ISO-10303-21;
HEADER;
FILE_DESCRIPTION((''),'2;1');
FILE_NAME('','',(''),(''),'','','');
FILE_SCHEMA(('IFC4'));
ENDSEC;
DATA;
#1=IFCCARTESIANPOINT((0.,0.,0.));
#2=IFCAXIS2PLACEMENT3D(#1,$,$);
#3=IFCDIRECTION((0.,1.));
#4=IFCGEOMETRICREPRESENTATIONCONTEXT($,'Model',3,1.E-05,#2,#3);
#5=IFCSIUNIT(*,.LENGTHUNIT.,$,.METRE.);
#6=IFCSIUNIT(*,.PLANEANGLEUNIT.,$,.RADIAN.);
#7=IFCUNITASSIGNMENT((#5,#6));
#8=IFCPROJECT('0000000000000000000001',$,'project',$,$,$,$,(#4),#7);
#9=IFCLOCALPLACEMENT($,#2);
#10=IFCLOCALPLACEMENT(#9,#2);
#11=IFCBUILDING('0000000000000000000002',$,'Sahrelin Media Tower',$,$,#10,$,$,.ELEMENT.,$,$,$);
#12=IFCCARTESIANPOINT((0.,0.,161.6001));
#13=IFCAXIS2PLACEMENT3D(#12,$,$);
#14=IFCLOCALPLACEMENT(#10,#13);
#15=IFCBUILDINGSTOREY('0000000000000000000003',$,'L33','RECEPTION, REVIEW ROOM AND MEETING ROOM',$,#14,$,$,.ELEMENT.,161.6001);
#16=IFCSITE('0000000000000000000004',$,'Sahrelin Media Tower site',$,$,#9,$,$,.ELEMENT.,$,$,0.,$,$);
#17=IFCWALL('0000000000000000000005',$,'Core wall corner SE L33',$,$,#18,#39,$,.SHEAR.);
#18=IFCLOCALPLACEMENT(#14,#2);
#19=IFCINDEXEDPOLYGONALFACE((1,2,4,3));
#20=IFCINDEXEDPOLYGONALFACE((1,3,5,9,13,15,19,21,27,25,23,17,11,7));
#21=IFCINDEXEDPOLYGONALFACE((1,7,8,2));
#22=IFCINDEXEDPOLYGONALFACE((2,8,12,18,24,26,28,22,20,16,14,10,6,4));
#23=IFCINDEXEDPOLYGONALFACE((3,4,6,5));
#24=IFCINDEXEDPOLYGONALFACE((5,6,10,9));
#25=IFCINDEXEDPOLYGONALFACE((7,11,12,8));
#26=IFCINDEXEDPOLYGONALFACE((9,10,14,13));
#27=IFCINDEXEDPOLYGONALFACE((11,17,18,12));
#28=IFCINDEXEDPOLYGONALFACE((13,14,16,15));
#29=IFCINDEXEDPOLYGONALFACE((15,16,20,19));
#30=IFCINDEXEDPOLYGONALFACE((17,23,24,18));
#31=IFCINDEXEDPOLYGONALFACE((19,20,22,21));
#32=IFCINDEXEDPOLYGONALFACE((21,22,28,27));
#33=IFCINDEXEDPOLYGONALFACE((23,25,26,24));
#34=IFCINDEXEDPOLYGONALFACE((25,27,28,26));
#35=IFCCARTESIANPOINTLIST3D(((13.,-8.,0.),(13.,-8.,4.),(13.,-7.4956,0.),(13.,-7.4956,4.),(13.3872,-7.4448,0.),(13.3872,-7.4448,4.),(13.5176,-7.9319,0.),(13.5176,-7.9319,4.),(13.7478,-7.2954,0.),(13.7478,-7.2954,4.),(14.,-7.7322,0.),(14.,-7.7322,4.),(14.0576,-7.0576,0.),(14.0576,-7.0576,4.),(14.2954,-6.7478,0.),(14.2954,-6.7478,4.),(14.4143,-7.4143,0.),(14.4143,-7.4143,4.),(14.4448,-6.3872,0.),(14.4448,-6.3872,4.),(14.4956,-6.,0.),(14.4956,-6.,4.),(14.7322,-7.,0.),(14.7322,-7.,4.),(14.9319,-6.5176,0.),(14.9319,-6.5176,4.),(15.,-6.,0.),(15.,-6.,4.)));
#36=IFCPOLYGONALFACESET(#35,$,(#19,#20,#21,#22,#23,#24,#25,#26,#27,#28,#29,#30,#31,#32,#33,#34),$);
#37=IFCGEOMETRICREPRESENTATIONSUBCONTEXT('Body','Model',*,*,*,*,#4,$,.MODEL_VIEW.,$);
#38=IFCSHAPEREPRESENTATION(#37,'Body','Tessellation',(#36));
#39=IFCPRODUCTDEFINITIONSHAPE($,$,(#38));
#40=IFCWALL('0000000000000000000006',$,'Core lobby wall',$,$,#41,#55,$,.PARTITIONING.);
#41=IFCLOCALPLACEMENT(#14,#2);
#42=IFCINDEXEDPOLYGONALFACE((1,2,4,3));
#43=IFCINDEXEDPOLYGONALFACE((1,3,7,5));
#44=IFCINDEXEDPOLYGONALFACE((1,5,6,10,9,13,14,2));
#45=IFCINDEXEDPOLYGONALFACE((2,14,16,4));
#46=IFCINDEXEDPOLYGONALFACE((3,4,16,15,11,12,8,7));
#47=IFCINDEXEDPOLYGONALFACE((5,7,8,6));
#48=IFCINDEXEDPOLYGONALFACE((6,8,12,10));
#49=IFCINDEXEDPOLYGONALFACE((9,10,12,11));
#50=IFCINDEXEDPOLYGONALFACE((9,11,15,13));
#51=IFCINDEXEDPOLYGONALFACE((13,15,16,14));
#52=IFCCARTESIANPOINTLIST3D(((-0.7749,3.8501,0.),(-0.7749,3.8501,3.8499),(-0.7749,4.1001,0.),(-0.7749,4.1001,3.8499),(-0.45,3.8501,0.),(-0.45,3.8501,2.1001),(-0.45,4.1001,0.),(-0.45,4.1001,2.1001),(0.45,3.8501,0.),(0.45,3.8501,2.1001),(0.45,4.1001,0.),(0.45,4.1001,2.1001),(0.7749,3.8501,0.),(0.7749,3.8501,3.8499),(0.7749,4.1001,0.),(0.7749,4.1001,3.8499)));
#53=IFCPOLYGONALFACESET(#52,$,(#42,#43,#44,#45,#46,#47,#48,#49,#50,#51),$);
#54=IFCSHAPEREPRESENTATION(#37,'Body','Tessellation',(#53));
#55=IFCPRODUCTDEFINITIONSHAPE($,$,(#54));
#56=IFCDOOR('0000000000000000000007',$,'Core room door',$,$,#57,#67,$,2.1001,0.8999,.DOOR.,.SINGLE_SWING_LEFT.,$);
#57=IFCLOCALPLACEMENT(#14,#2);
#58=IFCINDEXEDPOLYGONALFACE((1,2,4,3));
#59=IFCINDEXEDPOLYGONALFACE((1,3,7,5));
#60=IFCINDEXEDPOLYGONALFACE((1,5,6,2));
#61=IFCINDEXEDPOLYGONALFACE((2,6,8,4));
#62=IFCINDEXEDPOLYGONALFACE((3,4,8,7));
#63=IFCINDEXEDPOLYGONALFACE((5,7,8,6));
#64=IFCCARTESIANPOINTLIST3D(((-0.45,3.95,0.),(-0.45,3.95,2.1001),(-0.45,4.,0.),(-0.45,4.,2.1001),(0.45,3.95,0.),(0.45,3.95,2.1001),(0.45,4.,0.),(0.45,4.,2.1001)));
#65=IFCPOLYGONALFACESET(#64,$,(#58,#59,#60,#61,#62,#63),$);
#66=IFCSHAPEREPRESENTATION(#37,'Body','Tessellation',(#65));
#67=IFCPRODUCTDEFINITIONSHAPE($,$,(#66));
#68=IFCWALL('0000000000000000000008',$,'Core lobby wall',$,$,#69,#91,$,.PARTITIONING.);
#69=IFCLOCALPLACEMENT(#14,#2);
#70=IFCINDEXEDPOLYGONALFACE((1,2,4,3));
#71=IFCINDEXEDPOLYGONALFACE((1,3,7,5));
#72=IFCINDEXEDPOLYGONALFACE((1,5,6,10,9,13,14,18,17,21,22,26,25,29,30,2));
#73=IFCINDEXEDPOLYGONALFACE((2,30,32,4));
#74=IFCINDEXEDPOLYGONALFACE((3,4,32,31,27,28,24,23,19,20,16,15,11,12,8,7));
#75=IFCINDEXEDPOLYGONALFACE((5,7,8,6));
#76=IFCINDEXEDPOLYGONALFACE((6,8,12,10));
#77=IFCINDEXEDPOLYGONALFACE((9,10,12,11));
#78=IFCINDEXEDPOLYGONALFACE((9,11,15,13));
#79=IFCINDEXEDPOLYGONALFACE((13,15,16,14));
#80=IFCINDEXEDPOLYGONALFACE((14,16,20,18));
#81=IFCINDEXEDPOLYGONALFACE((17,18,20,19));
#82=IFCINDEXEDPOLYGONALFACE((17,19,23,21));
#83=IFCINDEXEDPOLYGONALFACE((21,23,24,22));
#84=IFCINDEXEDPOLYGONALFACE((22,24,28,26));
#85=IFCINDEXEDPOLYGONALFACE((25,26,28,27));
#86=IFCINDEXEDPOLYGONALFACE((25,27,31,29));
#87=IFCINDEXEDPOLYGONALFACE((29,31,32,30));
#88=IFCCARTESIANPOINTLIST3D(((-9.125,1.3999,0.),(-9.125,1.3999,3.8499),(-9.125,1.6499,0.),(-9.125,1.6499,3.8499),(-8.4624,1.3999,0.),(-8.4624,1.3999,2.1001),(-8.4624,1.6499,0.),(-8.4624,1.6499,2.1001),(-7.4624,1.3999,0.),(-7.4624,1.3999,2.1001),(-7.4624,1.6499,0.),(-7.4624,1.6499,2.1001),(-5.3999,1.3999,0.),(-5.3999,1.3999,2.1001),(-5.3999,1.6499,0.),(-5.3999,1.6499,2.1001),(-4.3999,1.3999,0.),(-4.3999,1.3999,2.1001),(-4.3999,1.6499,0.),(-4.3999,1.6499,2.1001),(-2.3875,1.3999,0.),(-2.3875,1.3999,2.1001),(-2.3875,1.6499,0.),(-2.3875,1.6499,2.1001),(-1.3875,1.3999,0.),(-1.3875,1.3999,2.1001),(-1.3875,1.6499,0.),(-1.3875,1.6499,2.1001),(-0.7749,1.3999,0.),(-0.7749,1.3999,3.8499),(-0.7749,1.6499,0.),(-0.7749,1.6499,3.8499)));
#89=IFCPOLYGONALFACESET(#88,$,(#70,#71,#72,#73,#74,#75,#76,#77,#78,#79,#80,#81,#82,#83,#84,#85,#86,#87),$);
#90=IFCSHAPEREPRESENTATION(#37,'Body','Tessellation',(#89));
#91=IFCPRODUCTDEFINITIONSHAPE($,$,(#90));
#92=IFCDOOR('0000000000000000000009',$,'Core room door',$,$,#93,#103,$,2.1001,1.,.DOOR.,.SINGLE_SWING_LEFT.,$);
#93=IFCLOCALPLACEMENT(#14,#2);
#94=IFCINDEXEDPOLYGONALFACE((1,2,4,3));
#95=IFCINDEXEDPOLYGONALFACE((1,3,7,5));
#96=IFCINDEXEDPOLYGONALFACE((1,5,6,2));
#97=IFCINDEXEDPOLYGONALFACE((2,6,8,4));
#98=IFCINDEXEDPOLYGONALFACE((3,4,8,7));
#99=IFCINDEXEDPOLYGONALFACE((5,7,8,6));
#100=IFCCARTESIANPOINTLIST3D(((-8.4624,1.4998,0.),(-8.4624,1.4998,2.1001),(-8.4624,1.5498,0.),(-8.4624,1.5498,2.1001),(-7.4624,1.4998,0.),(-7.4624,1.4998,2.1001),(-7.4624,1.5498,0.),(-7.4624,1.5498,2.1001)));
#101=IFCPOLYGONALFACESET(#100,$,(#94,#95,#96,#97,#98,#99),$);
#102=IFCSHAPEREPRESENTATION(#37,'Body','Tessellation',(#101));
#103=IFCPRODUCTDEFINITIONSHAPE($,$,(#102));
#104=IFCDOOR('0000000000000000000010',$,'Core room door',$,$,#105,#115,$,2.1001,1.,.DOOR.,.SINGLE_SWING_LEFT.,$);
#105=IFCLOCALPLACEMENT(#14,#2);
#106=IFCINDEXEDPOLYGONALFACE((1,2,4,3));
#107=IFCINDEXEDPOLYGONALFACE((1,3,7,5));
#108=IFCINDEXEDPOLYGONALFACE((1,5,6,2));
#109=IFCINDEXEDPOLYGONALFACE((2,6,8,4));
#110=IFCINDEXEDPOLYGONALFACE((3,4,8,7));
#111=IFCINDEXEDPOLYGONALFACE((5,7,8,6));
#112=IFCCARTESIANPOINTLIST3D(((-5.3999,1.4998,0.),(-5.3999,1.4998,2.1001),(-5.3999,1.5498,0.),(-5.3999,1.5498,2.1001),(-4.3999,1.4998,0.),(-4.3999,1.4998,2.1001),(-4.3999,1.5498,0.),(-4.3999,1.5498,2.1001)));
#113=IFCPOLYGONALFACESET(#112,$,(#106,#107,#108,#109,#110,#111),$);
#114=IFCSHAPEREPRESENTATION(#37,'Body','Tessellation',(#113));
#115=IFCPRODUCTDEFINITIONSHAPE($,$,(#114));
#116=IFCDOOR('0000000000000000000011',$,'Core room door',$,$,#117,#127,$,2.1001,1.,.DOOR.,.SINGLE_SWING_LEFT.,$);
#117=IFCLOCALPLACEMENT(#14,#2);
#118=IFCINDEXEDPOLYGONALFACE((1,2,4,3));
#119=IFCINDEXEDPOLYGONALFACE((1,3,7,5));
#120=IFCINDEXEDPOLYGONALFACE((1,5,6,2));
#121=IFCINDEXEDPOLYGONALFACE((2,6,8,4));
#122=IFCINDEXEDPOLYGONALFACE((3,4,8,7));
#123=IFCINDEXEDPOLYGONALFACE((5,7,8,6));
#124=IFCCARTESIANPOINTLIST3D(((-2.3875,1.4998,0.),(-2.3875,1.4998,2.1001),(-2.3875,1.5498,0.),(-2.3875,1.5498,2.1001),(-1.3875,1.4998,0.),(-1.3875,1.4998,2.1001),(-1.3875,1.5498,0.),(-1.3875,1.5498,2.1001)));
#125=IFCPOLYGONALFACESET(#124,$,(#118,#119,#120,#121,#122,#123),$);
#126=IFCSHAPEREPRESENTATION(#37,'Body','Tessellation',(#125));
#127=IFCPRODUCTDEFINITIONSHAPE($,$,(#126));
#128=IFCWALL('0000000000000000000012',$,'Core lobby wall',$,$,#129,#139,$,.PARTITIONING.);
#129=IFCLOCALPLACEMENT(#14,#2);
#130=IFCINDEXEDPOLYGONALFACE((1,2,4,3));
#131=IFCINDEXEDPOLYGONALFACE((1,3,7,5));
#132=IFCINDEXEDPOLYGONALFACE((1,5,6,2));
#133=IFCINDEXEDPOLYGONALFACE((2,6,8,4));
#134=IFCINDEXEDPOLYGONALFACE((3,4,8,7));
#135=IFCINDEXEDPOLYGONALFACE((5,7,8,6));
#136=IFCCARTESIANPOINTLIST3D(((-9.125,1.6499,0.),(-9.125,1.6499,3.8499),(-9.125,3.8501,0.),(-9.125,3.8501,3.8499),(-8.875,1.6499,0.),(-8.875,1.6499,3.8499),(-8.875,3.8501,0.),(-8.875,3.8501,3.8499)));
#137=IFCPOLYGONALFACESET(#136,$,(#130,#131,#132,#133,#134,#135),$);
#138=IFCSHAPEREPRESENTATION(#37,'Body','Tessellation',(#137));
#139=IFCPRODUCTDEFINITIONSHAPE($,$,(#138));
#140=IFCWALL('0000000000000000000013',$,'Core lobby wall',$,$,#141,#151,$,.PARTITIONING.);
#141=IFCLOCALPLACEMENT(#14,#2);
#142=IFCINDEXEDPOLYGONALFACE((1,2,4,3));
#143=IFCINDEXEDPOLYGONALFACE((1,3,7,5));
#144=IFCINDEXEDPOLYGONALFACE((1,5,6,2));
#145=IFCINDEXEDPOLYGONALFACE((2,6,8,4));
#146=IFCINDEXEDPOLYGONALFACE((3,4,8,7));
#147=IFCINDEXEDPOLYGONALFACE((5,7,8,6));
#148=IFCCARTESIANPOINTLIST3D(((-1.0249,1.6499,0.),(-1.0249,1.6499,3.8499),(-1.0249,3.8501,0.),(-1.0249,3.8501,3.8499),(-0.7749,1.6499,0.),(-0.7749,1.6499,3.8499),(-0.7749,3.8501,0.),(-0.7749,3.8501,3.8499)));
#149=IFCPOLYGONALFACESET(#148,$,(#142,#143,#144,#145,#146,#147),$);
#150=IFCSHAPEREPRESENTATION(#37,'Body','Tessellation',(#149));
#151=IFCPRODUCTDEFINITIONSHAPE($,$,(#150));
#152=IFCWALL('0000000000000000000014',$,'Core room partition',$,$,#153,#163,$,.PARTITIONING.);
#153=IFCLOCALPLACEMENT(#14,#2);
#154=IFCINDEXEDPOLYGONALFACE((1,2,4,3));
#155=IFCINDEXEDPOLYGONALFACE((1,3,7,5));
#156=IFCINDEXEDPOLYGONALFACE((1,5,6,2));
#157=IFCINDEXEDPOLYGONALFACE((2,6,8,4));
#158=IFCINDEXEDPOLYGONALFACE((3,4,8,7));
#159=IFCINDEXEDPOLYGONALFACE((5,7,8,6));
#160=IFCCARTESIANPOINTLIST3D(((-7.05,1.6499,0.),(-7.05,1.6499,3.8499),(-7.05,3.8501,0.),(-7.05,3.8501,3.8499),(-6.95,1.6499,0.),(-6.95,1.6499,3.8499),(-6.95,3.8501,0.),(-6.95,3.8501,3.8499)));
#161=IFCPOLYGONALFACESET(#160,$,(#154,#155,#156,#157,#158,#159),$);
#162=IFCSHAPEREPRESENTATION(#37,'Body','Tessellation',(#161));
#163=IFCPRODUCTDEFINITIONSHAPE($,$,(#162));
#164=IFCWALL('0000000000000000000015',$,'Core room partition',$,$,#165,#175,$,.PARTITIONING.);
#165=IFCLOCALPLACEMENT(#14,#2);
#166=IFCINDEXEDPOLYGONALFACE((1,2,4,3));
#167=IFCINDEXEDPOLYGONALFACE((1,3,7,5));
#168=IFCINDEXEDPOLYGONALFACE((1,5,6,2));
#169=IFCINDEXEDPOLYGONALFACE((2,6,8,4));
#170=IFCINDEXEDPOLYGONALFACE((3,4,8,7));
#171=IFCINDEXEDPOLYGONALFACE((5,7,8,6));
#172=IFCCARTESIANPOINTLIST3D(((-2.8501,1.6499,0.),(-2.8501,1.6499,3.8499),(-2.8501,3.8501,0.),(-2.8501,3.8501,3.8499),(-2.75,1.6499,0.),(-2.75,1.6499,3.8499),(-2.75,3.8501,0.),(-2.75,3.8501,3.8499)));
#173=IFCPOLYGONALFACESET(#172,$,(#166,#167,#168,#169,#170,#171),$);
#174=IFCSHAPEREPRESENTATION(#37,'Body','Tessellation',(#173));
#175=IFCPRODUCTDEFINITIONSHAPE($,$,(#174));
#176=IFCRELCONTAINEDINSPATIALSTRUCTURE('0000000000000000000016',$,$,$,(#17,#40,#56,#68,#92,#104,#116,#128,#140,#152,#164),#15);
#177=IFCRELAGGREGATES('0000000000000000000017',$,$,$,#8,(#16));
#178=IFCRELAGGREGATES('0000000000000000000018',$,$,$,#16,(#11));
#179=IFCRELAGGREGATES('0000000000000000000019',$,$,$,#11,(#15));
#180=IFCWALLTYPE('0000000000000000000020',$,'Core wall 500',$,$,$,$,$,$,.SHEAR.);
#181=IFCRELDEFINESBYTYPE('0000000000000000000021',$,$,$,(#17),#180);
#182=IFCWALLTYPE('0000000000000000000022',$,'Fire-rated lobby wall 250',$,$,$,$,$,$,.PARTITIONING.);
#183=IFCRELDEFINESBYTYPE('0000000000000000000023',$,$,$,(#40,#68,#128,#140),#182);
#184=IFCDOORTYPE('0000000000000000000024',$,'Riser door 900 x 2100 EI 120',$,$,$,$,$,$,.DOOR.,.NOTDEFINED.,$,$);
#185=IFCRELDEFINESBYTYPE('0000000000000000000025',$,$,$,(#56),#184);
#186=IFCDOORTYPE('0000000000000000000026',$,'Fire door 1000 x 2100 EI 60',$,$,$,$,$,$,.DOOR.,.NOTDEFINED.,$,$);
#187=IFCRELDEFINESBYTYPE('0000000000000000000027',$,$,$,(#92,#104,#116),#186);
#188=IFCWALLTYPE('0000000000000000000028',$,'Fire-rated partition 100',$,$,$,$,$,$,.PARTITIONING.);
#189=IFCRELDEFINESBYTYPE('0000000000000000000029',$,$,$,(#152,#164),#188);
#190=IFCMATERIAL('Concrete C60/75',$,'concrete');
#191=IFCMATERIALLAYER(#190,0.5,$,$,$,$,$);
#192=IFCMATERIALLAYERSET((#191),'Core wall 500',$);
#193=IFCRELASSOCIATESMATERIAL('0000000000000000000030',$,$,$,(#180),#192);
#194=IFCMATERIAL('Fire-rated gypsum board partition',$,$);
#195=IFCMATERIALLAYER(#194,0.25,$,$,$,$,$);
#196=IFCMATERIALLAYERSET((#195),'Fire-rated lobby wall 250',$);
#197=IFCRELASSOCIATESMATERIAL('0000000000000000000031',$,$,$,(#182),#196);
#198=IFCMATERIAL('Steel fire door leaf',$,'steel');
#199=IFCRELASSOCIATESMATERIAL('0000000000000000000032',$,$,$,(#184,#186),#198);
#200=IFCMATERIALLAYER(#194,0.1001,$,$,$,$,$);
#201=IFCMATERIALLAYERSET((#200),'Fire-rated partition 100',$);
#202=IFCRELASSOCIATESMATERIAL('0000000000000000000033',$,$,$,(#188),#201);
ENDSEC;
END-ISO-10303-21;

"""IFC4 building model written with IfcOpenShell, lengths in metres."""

from ifc_helpers import new_model, si_unit, direction, frame, frame_2d, origin, place, context, subcontext, project, spatial, polyline, rectangle, outline, extrude, material, layer, layer_set, type_object, element, fill, save


model = new_model("IFC4")

# Units and contexts
model_context = context("Model", 3, precision=1e-05, world=origin(), true_north=direction((0.0, 1.0)))
body_context = subcontext(model_context, "Body", "Model", "MODEL_VIEW")
ifc_project = project(units=[si_unit("LENGTHUNIT", "METRE"), si_unit("PLANEANGLEUNIT", "RADIAN")], contexts=[model_context])

# Site, building, storey
site_placement = place(None, origin())
site = spatial("IfcSite", under=ifc_project, at=site_placement, Name="Sahrelin Media Tower site", CompositionType="ELEMENT", RefElevation=0.0)
building_placement = place(site_placement, origin())
building = spatial("IfcBuilding", under=site, at=building_placement, Name="Sahrelin Media Tower", CompositionType="ELEMENT")
storey_placement = place(building_placement, frame((0.0, 0.0, 161.6001)))
storey = spatial("IfcBuildingStorey", under=building, at=storey_placement, Name="L33", Description="RECEPTION, REVIEW ROOM AND MEETING ROOM", CompositionType="ELEMENT", Elevation=161.6001)

# Wall
ifc_material_1 = material(Name="Concrete C60/75", Category="concrete")
ifc_layer_1 = layer(ifc_material_1, 0.5)
ifc_layer_set_1 = layer_set([ifc_layer_1], Name="Core wall 500")
wall_type_1 = type_object("IfcWallType", Name="Core wall 500", PredefinedType="SHEAR", material=ifc_layer_set_1)
placement = place(storey_placement, origin())
element("IfcWall", 1, at=placement, inside=storey, type_object=wall_type_1, Name="Core wall corner SE L33", PredefinedType="SHEAR", context=body_context, shape_type="SweptSolid", body=[
    extrude(outline(polyline([(15.0, -6.0), (14.4956, -6.0), (14.4448, -6.3872), (14.2954, -6.7478), (14.0576, -7.0576), (13.7478, -7.2954), (13.3872, -7.4448), (13.0, -7.4956), (13.0, -8.0), (13.5176, -7.9319), (14.0, -7.7322), (14.4143, -7.4143), (14.7322, -7.0), (14.9319, -6.5176), (15.0, -6.0)])), origin(), (0.0, 0.0, 1.0), 4.0),
])

# Wall, opening, door
ifc_material_2 = material(Name="Fire-rated gypsum board partition")
ifc_layer_2 = layer(ifc_material_2, 0.25)
ifc_layer_set_2 = layer_set([ifc_layer_2], Name="Fire-rated lobby wall 250")
wall_type_2 = type_object("IfcWallType", Name="Fire-rated lobby wall 250", PredefinedType="PARTITIONING", material=ifc_layer_set_2)
wall_1_placement = place(storey_placement, frame((-0.7749, 3.9751, 0.0), z_axis=(0.0, 0.0, 1.0), x_axis=(1.0, 0.0, 0.0)))
wall_1 = element("IfcWall", 2, at=wall_1_placement, inside=storey, type_object=wall_type_2, Name="Core lobby wall", PredefinedType="PARTITIONING", context=body_context, shape_type="SweptSolid", body=[
    extrude(rectangle(XDim=1.5498, YDim=0.25, at=frame_2d((0.7749, 0.0))), origin(), (0.0, 0.0, 1.0), 3.8499),
])
opening_1_placement = place(wall_1_placement, frame((0.325, 0.0, 0.0)))
opening_1 = element("IfcOpeningElement", 3, at=opening_1_placement, cuts=wall_1, PredefinedType="OPENING", context=body_context, shape_type="SweptSolid", body=[
    extrude(rectangle(XDim=0.8999, YDim=2.1001, at=frame_2d((0.45, 1.05))), frame((0.0, 0.125, 0.0), z_axis=(0.0, -1.0, 0.0), x_axis=(1.0, 0.0, 0.0)), (0.0, 0.0, 1.0), 0.25),
])
ifc_material_3 = material(Name="Steel fire door leaf", Category="steel")
door_type_1 = type_object("IfcDoorType", Name="Riser door 900 x 2100 EI 120", OperationType="NOTDEFINED", PredefinedType="DOOR", material=ifc_material_3)
door_1_placement = place(opening_1_placement, origin())
door_1 = element("IfcDoor", 4, at=door_1_placement, inside=storey, type_object=door_type_1, Name="Core room door", OperationType="SINGLE_SWING_LEFT", OverallHeight=2.1001, OverallWidth=0.8999, PredefinedType="DOOR", context=body_context, shape_type="SweptSolid", body=[
    extrude(rectangle(XDim=0.8999, YDim=2.1001, at=frame_2d((0.45, 1.05))), frame((0.0, 0.0249, 0.0), z_axis=(0.0, -1.0, 0.0), x_axis=(1.0, 0.0, 0.0)), (0.0, 0.0, 1.0), 0.05),
])
fill(opening_1, door_1)

# Wall, openings, doors
wall_2_placement = place(storey_placement, frame((-9.125, 1.5249, 0.0), z_axis=(0.0, 0.0, 1.0), x_axis=(1.0, 0.0, 0.0)))
wall_2 = element("IfcWall", 5, at=wall_2_placement, inside=storey, type_object=wall_type_2, Name="Core lobby wall", PredefinedType="PARTITIONING", context=body_context, shape_type="SweptSolid", body=[
    extrude(rectangle(XDim=8.3501, YDim=0.25, at=frame_2d((4.175, 0.0))), origin(), (0.0, 0.0, 1.0), 3.8499),
])
opening_2_placement = place(wall_2_placement, frame((0.6626, 0.0, 0.0)))
opening_2 = element("IfcOpeningElement", 6, at=opening_2_placement, cuts=wall_2, PredefinedType="OPENING", context=body_context, shape_type="SweptSolid", body=[
    extrude(rectangle(XDim=1.0, YDim=2.1001, at=frame_2d((0.5, 1.05))), frame((0.0, 0.125, 0.0), z_axis=(0.0, -1.0, 0.0), x_axis=(1.0, 0.0, 0.0)), (0.0, 0.0, 1.0), 0.25),
])
opening_3_placement = place(wall_2_placement, frame((3.7251, 0.0, 0.0)))
opening_3 = element("IfcOpeningElement", 7, at=opening_3_placement, cuts=wall_2, PredefinedType="OPENING", context=body_context, shape_type="SweptSolid", body=[
    extrude(rectangle(XDim=1.0, YDim=2.1001, at=frame_2d((0.5, 1.05))), frame((0.0, 0.125, 0.0), z_axis=(0.0, -1.0, 0.0), x_axis=(1.0, 0.0, 0.0)), (0.0, 0.0, 1.0), 0.25),
])
opening_4_placement = place(wall_2_placement, frame((6.7375, 0.0, 0.0)))
opening_4 = element("IfcOpeningElement", 8, at=opening_4_placement, cuts=wall_2, PredefinedType="OPENING", context=body_context, shape_type="SweptSolid", body=[
    extrude(rectangle(XDim=1.0, YDim=2.1001, at=frame_2d((0.5, 1.05))), frame((0.0, 0.125, 0.0), z_axis=(0.0, -1.0, 0.0), x_axis=(1.0, 0.0, 0.0)), (0.0, 0.0, 1.0), 0.25),
])
door_type_2 = type_object("IfcDoorType", Name="Fire door 1000 x 2100 EI 60", OperationType="NOTDEFINED", PredefinedType="DOOR", material=ifc_material_3)
door_2_placement = place(opening_2_placement, origin())
door_2 = element("IfcDoor", 9, at=door_2_placement, inside=storey, type_object=door_type_2, Name="Core room door", OperationType="SINGLE_SWING_LEFT", OverallHeight=2.1001, OverallWidth=1.0, PredefinedType="DOOR", context=body_context, shape_type="SweptSolid", body=[
    extrude(rectangle(XDim=1.0, YDim=2.1001, at=frame_2d((0.5, 1.05))), frame((0.0, 0.0249, 0.0), z_axis=(0.0, -1.0, 0.0), x_axis=(1.0, 0.0, 0.0)), (0.0, 0.0, 1.0), 0.05),
])
fill(opening_2, door_2)
door_3_placement = place(opening_3_placement, origin())
door_3 = element("IfcDoor", 10, at=door_3_placement, inside=storey, type_object=door_type_2, Name="Core room door", OperationType="SINGLE_SWING_LEFT", OverallHeight=2.1001, OverallWidth=1.0, PredefinedType="DOOR", context=body_context, shape_type="SweptSolid", body=[
    extrude(rectangle(XDim=1.0, YDim=2.1001, at=frame_2d((0.5, 1.05))), frame((0.0, 0.0249, 0.0), z_axis=(0.0, -1.0, 0.0), x_axis=(1.0, 0.0, 0.0)), (0.0, 0.0, 1.0), 0.05),
])
fill(opening_3, door_3)
door_4_placement = place(opening_4_placement, origin())
door_4 = element("IfcDoor", 11, at=door_4_placement, inside=storey, type_object=door_type_2, Name="Core room door", OperationType="SINGLE_SWING_LEFT", OverallHeight=2.1001, OverallWidth=1.0, PredefinedType="DOOR", context=body_context, shape_type="SweptSolid", body=[
    extrude(rectangle(XDim=1.0, YDim=2.1001, at=frame_2d((0.5, 1.05))), frame((0.0, 0.0249, 0.0), z_axis=(0.0, -1.0, 0.0), x_axis=(1.0, 0.0, 0.0)), (0.0, 0.0, 1.0), 0.05),
])
fill(opening_4, door_4)

# Walls
for number, where, z_axis, x_axis, name in (
    (12, (-9.0, 1.6499, 0.0), (0.0, 0.0, 1.0), (0.0, 1.0, 0.0), "Core lobby wall"),
    (13, (-0.8999, 1.6499, 0.0), (0.0, 0.0, 1.0), (0.0, 1.0, 0.0), "Core lobby wall"),
):
    element("IfcWall", number, at=place(storey_placement, frame(where, z_axis=z_axis, x_axis=x_axis)), inside=storey, type_object=wall_type_2, Name=name, PredefinedType="PARTITIONING", context=body_context, shape_type="SweptSolid", body=[
        extrude(rectangle(XDim=2.2002, YDim=0.25, at=frame_2d((1.1001, 0.0))), origin(), (0.0, 0.0, 1.0), 3.8499),
    ])
ifc_layer_3 = layer(ifc_material_2, 0.1001)
ifc_layer_set_3 = layer_set([ifc_layer_3], Name="Fire-rated partition 100")
wall_type_3 = type_object("IfcWallType", Name="Fire-rated partition 100", PredefinedType="PARTITIONING", material=ifc_layer_set_3)
for number, where, z_axis, x_axis, name in (
    (14, (-7.0, 1.6499, 0.0), (0.0, 0.0, 1.0), (0.0, 1.0, 0.0), "Core room partition"),
    (15, (-2.8, 1.6499, 0.0), (0.0, 0.0, 1.0), (0.0, 1.0, 0.0), "Core room partition"),
):
    element("IfcWall", number, at=place(storey_placement, frame(where, z_axis=z_axis, x_axis=x_axis)), inside=storey, type_object=wall_type_3, Name=name, PredefinedType="PARTITIONING", context=body_context, shape_type="SweptSolid", body=[
        extrude(rectangle(XDim=2.2002, YDim=0.1001, at=frame_2d((1.1001, 0.0))), origin(), (0.0, 0.0, 1.0), 3.8499),
    ])

save(model, "model.ifc")
